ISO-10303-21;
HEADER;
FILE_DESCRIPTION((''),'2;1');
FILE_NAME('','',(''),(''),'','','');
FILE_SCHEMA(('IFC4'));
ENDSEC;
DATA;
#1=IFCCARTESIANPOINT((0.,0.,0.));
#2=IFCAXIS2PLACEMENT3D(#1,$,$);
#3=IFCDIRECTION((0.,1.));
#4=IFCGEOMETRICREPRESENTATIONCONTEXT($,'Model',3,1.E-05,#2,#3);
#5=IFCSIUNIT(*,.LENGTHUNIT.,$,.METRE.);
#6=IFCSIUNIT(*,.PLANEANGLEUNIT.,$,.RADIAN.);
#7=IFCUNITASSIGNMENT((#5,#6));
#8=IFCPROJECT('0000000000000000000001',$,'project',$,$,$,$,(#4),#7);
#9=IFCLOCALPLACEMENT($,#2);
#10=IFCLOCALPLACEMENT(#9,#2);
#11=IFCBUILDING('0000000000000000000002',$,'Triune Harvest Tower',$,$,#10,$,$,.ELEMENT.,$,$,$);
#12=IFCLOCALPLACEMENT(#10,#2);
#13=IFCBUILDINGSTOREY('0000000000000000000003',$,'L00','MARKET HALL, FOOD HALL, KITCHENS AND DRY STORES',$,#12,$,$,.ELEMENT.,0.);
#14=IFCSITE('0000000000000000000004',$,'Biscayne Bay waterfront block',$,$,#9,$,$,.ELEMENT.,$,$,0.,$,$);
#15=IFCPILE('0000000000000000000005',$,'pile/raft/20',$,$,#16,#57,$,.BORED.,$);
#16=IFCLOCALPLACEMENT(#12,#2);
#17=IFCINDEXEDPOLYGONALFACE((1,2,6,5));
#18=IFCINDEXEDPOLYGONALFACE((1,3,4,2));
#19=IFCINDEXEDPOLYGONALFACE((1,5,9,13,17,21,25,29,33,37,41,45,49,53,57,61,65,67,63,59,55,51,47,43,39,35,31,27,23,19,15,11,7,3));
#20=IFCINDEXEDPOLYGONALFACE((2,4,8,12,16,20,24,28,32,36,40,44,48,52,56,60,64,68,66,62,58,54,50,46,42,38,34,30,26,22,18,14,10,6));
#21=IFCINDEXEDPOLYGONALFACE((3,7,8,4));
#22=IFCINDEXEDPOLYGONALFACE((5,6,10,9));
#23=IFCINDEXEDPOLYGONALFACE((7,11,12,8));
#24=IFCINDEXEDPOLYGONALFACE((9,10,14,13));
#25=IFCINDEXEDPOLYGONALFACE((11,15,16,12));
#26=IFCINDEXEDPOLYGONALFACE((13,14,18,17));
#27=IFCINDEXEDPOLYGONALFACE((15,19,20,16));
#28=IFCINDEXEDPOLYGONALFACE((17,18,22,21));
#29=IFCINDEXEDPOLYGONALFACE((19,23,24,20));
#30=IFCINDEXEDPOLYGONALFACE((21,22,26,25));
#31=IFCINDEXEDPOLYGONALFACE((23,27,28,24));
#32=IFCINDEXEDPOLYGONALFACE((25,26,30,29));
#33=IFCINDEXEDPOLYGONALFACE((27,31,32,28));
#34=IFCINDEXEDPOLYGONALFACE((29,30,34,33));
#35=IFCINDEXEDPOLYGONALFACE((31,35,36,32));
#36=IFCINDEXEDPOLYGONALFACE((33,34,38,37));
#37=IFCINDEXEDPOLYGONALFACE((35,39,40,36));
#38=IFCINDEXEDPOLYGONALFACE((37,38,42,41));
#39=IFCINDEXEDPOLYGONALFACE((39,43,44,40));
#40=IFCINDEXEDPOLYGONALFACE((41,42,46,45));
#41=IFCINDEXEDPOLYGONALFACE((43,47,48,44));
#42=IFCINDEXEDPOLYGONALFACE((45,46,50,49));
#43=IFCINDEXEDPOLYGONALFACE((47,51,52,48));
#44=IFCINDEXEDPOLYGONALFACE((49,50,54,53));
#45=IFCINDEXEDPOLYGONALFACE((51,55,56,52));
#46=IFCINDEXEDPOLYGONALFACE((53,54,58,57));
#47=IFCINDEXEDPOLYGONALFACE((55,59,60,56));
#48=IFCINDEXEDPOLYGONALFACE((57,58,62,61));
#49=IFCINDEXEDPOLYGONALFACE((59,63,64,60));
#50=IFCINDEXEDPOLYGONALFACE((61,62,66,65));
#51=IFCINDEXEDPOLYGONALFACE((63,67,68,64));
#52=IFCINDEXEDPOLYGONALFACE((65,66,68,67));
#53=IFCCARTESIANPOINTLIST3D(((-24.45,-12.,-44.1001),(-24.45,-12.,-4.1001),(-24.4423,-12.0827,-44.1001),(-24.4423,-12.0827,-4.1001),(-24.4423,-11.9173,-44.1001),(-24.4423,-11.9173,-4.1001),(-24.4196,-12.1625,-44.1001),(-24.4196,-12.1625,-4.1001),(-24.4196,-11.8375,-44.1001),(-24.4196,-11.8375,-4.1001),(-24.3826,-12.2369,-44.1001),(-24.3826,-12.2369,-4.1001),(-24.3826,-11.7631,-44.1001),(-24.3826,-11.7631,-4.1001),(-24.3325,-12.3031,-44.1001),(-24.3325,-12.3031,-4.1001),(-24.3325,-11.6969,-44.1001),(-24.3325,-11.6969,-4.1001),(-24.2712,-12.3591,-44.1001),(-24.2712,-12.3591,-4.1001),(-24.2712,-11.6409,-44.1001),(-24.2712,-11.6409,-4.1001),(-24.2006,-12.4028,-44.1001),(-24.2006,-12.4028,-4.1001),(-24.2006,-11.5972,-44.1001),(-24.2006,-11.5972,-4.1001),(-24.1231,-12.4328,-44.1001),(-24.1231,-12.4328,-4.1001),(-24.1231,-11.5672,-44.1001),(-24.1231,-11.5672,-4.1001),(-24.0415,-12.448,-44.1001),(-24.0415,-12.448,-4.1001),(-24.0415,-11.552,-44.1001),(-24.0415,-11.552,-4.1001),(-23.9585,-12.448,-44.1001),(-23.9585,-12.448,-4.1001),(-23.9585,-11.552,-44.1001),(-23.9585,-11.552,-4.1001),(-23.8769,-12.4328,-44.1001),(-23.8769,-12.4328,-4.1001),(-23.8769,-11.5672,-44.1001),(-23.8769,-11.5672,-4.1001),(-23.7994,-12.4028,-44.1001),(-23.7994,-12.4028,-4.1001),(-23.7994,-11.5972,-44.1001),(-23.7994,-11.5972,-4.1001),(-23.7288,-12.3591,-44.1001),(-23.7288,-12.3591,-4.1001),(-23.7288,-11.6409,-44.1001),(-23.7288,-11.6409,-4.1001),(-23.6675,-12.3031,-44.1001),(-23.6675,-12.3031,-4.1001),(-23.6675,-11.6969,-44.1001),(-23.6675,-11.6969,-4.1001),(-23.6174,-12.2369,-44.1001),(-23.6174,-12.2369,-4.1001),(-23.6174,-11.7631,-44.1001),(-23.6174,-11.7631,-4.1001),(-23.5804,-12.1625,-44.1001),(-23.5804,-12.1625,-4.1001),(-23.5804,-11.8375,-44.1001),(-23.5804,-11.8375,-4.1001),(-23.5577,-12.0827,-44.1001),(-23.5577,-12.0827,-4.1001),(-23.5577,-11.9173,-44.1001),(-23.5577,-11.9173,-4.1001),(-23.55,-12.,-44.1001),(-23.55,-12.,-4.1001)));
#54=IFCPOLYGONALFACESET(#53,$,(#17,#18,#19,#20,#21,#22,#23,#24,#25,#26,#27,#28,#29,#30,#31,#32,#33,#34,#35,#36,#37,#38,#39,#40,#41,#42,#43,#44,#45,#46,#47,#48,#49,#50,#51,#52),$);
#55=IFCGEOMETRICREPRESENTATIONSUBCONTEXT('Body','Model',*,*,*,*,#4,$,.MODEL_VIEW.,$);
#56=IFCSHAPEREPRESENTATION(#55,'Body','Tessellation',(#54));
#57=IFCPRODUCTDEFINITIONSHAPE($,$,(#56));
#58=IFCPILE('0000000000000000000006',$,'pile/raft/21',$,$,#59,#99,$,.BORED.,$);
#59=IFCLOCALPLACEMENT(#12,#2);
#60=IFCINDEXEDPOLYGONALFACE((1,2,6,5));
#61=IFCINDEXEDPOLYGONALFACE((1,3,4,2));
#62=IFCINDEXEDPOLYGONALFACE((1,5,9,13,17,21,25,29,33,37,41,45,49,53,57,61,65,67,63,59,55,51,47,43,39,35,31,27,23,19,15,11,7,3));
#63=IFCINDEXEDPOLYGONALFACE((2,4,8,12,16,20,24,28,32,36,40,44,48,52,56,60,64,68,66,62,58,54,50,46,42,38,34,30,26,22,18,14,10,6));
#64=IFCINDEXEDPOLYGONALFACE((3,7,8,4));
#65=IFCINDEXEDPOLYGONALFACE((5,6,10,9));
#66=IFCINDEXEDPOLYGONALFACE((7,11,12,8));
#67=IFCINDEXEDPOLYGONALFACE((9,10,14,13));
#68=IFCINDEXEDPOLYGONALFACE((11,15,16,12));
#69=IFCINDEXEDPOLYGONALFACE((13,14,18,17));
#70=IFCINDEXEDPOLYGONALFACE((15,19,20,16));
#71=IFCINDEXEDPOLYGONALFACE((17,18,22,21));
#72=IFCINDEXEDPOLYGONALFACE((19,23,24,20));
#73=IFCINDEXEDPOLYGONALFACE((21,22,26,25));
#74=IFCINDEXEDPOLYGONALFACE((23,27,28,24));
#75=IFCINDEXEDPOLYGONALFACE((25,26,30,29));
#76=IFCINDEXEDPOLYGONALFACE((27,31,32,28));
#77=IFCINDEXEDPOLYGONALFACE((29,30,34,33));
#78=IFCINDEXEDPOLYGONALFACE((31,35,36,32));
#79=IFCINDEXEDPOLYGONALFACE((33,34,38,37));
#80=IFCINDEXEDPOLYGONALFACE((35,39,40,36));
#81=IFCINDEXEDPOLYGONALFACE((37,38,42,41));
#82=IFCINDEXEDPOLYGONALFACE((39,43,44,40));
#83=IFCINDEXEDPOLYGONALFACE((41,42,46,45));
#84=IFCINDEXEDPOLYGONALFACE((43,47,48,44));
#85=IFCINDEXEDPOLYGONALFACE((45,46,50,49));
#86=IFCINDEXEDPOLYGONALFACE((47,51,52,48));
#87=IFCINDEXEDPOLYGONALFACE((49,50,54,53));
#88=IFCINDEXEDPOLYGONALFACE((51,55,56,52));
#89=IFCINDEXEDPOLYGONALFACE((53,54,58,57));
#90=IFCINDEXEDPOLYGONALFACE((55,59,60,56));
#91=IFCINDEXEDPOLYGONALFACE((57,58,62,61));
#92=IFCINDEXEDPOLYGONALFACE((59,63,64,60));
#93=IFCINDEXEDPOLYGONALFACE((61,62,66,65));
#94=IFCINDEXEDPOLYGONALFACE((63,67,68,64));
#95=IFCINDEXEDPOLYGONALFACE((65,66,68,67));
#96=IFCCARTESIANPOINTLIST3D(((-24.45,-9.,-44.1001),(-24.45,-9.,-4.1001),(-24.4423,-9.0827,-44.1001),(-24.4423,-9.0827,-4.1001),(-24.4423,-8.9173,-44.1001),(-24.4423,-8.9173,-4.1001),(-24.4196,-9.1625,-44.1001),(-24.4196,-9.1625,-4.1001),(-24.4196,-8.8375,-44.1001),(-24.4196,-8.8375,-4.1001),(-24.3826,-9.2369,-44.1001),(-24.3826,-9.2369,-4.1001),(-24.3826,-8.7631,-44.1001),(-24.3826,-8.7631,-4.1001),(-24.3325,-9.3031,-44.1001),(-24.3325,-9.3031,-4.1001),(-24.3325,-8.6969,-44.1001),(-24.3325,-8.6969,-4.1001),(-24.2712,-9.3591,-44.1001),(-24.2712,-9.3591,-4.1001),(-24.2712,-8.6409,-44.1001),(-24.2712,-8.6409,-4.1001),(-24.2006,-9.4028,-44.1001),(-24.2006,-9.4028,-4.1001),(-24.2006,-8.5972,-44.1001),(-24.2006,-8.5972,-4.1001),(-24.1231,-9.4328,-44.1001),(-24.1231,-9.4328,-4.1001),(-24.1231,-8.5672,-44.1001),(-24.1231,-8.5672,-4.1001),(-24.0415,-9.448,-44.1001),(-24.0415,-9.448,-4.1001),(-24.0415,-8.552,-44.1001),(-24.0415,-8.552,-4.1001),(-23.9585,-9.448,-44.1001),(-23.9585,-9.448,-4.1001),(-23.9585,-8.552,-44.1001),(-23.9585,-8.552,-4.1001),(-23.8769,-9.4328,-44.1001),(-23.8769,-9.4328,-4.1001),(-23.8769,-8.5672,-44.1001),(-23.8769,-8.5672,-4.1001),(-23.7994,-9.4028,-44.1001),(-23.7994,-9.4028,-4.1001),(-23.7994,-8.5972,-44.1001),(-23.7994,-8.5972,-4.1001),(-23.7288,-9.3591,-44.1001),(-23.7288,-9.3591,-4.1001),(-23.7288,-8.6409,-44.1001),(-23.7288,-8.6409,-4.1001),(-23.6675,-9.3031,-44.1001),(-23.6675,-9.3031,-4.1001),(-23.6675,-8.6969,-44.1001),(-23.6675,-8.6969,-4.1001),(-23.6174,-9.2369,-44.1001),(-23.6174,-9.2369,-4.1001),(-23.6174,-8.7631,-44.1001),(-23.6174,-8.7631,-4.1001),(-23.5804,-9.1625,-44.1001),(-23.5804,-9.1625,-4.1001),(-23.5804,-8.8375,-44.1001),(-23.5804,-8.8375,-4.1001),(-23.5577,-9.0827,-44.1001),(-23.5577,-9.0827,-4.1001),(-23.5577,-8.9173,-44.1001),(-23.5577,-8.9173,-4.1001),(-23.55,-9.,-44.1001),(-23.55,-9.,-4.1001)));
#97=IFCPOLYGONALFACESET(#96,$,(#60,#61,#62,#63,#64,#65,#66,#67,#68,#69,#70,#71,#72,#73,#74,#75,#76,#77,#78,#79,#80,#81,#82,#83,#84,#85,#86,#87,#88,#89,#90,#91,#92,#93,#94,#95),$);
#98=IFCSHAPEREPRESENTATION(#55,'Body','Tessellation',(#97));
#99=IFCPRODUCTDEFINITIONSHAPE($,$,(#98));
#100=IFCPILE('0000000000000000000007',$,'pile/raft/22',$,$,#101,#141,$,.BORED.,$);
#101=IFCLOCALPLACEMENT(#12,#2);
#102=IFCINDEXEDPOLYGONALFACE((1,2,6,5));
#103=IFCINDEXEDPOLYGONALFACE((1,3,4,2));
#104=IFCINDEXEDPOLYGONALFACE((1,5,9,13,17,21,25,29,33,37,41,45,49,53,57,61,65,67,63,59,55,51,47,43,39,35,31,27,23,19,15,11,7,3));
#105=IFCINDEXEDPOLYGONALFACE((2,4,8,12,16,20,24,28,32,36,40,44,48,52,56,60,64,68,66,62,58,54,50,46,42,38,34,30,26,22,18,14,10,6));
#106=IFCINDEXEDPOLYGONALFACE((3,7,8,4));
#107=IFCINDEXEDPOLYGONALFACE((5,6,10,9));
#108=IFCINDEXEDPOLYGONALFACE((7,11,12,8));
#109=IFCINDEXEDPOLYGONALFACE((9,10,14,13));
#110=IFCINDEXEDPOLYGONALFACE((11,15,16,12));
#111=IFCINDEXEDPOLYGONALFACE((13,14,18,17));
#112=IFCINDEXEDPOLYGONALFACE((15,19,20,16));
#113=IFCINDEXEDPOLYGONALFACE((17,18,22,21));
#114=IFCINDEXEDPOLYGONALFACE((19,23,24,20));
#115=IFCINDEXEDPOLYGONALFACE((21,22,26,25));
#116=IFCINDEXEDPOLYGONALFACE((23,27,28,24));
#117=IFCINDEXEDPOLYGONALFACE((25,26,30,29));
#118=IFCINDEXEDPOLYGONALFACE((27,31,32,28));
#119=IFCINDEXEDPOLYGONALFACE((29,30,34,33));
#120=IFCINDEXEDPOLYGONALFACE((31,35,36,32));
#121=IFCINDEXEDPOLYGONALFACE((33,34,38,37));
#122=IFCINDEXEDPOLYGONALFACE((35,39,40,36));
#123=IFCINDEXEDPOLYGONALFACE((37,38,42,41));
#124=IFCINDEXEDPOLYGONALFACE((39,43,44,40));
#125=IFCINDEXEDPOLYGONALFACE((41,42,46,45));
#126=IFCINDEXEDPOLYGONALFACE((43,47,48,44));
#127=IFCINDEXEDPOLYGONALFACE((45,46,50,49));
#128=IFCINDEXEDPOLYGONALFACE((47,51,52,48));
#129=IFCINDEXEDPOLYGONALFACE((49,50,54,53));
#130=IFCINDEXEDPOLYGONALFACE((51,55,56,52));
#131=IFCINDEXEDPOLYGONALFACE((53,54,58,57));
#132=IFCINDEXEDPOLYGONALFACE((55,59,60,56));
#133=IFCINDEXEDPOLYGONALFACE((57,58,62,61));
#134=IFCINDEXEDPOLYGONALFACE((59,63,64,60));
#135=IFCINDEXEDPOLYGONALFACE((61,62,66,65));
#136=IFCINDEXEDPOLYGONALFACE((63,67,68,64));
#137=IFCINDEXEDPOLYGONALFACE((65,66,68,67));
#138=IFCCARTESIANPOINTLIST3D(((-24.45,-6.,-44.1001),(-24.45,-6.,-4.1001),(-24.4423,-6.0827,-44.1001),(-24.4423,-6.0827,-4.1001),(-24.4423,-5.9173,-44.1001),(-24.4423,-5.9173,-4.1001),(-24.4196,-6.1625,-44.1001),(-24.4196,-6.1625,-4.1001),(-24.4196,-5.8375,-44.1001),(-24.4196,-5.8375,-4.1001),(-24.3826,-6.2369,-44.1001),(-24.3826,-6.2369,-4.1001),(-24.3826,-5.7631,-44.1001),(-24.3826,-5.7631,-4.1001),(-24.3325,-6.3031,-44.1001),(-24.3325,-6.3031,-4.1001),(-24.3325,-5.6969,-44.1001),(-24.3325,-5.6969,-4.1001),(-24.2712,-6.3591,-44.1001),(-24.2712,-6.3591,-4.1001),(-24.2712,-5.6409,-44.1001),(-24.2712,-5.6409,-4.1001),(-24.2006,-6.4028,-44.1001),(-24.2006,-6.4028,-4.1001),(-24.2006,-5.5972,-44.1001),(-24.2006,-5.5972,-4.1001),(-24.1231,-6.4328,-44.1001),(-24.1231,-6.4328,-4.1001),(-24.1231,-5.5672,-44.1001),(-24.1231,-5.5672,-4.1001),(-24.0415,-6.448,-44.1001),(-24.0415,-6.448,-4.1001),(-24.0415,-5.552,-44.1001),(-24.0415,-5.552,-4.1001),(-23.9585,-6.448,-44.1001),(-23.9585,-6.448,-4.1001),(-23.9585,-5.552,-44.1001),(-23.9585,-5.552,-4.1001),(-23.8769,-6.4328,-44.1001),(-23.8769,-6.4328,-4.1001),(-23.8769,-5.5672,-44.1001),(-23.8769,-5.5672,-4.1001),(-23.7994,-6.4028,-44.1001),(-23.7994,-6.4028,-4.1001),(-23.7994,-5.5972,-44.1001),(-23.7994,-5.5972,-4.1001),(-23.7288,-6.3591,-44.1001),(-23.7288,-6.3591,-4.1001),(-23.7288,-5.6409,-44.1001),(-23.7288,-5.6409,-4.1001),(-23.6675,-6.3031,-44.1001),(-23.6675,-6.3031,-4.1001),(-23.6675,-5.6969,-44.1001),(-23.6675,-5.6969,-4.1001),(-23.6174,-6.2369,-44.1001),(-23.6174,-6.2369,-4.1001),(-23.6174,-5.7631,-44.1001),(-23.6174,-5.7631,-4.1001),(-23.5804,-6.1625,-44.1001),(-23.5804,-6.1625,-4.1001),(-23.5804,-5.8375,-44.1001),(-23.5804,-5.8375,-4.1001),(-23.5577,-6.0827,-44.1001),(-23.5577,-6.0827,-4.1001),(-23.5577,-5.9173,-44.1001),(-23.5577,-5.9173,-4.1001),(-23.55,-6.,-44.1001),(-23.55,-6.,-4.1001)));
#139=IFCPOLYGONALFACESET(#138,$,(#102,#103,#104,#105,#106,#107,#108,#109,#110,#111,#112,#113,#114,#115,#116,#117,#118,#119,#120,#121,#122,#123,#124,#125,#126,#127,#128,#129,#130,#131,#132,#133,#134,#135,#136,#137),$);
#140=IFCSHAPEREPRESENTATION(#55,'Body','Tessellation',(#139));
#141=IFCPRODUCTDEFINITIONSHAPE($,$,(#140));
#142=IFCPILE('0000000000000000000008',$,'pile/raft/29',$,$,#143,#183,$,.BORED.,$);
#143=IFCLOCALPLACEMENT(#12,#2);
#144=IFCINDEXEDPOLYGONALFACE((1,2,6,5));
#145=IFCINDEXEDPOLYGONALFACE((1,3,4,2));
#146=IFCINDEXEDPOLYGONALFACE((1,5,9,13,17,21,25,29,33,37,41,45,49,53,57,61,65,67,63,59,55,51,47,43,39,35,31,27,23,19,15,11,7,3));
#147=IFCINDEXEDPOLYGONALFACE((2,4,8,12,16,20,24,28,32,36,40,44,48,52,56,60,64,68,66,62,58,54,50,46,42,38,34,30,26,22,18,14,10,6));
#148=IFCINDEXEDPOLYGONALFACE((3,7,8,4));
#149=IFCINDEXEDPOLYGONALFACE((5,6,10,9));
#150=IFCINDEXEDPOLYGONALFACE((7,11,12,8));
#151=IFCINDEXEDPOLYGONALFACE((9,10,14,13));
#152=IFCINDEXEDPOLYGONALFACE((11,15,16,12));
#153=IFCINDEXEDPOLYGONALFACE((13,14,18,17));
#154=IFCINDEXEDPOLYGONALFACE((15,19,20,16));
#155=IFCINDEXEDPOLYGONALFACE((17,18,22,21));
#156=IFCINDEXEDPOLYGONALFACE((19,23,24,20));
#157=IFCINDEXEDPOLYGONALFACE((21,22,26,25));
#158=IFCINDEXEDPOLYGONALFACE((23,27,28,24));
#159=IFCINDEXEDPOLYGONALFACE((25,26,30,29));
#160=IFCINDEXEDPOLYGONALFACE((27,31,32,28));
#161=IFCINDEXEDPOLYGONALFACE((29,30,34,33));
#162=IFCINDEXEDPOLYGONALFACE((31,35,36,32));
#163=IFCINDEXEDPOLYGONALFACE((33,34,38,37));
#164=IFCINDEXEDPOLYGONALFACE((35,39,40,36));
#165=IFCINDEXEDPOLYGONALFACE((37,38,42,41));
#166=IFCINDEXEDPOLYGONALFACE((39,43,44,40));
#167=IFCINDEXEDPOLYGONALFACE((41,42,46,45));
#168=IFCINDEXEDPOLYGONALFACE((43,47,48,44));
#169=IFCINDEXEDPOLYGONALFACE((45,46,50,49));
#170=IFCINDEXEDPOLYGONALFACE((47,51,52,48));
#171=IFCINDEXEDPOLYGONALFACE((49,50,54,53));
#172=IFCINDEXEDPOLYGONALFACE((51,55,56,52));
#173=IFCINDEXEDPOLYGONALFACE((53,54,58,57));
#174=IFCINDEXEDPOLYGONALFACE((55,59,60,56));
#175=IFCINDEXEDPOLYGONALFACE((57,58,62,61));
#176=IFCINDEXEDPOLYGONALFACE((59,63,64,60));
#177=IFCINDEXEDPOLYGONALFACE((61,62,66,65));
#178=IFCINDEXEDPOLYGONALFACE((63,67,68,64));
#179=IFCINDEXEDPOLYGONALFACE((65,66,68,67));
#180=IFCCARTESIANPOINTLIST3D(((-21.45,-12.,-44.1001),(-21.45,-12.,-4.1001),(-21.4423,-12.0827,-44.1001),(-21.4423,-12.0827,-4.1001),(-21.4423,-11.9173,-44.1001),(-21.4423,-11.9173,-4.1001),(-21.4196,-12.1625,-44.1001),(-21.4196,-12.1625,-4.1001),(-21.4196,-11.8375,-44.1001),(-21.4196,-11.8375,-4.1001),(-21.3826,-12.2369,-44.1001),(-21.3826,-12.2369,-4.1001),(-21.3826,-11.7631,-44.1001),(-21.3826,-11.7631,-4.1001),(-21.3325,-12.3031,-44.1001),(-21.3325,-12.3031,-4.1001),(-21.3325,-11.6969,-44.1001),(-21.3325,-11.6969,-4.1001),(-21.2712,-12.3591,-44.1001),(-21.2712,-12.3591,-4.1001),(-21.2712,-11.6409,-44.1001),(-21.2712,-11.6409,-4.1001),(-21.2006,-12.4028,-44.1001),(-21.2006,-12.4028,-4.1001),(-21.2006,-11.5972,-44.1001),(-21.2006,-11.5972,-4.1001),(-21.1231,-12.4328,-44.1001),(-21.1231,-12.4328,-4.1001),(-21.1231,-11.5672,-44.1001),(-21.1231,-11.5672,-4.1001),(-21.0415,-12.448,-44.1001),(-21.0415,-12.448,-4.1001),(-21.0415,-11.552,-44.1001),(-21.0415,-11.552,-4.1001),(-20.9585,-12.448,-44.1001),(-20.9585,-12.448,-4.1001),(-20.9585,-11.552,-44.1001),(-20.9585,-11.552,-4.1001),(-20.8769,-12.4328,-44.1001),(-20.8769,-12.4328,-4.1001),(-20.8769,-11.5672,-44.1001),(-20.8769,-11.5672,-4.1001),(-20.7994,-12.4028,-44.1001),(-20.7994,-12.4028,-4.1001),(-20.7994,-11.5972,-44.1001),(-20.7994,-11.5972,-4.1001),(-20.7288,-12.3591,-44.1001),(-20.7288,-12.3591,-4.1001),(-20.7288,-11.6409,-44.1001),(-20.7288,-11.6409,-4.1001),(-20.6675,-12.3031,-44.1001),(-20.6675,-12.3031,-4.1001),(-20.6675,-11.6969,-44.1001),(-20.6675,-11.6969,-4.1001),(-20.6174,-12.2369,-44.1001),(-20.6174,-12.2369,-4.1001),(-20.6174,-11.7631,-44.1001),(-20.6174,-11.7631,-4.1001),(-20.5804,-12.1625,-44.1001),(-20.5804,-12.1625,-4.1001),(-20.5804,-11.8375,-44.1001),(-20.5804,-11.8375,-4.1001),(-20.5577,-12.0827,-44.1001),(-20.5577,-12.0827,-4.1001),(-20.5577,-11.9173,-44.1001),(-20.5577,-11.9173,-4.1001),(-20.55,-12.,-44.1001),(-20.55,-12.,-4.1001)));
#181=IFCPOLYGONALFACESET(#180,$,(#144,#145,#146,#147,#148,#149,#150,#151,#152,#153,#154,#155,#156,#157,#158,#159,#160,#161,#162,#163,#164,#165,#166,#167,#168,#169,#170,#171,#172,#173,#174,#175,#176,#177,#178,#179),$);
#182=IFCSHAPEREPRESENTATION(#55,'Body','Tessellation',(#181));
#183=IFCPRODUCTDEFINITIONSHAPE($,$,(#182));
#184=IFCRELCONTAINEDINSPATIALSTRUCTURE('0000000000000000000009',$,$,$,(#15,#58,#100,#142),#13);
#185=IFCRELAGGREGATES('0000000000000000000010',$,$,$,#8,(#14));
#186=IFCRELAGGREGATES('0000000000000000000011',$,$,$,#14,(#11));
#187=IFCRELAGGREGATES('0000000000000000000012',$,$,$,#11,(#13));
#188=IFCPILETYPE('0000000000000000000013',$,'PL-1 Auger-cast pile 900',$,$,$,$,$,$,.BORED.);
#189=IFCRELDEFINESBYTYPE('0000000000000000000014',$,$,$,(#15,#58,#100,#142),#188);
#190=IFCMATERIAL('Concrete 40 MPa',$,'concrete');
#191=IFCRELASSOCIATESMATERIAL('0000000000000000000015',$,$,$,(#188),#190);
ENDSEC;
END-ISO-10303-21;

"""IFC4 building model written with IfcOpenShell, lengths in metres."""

from ifc_helpers import new_model, si_unit, direction, frame, origin, origin_2d, place, context, subcontext, project, spatial, circle, extrude, source, transform, mapped, material, material_profile, profile_set, type_object, element, save


model = new_model("IFC4")

# Units and contexts
model_context = context("Model", 3, precision=1e-05, world=origin(), true_north=direction((0.0, 1.0)))
body_context = subcontext(model_context, "Body", "Model", "MODEL_VIEW")
ifc_project = project(units=[si_unit("LENGTHUNIT", "METRE"), si_unit("PLANEANGLEUNIT", "RADIAN")], contexts=[model_context])

# Site, building, storey
site_placement = place(None, origin())
site = spatial("IfcSite", under=ifc_project, at=site_placement, Name="Biscayne Bay waterfront block", CompositionType="ELEMENT", RefElevation=0.0)
building_placement = place(site_placement, origin())
building = spatial("IfcBuilding", under=site, at=building_placement, Name="Triune Harvest Tower", CompositionType="ELEMENT")
storey_placement = place(building_placement, origin())
storey = spatial("IfcBuildingStorey", under=building, at=storey_placement, Name="L00", Description="MARKET HALL, FOOD HALL, KITCHENS AND DRY STORES", CompositionType="ELEMENT", Elevation=0.0)

# Piles
ifc_material_1 = material(Name="Concrete 40 MPa", Category="concrete")
ifc_material_profile_1 = material_profile(ifc_material_1, circle(Radius=0.45, at=origin_2d()), Name="Bored 900")
ifc_profile_set_1 = profile_set([ifc_material_profile_1], Name="Concrete 40 MPa")
pile_type = type_object("IfcPileType", Name="PL-1 Auger-cast pile 900", PredefinedType="BORED", material=ifc_profile_set_1)
shared_shape_1 = source(origin(), body_context, "Body", "SweptSolid", [
    extrude(circle(Radius=0.45, at=origin_2d()), origin(), (0.0, 0.0, 1.0), 40.0),
])
for number, where, z_axis, x_axis, name in (
    (1, (-24.0, -12.0, -4.1001), (0.0, 0.0, -1.0), (1.0, 0.0, 0.0), "pile/raft/20"),
    (2, (-24.0, -9.0, -4.1001), (0.0, 0.0, -1.0), (1.0, 0.0, 0.0), "pile/raft/21"),
    (3, (-24.0, -6.0, -4.1001), (0.0, 0.0, -1.0), (1.0, 0.0, 0.0), "pile/raft/22"),
    (4, (-21.0, -12.0, -4.1001), (0.0, 0.0, -1.0), (1.0, 0.0, 0.0), "pile/raft/29"),
):
    element("IfcPile", number, at=place(storey_placement, frame(where, z_axis=z_axis, x_axis=x_axis)), inside=storey, type_object=pile_type, Name=name, PredefinedType="BORED", context=body_context, shape_type="MappedRepresentation", body=[
        mapped(shared_shape_1, transform((0.0, 0.0, 0.0), scale=1.0)),
    ])

save(model, "model.ifc")
